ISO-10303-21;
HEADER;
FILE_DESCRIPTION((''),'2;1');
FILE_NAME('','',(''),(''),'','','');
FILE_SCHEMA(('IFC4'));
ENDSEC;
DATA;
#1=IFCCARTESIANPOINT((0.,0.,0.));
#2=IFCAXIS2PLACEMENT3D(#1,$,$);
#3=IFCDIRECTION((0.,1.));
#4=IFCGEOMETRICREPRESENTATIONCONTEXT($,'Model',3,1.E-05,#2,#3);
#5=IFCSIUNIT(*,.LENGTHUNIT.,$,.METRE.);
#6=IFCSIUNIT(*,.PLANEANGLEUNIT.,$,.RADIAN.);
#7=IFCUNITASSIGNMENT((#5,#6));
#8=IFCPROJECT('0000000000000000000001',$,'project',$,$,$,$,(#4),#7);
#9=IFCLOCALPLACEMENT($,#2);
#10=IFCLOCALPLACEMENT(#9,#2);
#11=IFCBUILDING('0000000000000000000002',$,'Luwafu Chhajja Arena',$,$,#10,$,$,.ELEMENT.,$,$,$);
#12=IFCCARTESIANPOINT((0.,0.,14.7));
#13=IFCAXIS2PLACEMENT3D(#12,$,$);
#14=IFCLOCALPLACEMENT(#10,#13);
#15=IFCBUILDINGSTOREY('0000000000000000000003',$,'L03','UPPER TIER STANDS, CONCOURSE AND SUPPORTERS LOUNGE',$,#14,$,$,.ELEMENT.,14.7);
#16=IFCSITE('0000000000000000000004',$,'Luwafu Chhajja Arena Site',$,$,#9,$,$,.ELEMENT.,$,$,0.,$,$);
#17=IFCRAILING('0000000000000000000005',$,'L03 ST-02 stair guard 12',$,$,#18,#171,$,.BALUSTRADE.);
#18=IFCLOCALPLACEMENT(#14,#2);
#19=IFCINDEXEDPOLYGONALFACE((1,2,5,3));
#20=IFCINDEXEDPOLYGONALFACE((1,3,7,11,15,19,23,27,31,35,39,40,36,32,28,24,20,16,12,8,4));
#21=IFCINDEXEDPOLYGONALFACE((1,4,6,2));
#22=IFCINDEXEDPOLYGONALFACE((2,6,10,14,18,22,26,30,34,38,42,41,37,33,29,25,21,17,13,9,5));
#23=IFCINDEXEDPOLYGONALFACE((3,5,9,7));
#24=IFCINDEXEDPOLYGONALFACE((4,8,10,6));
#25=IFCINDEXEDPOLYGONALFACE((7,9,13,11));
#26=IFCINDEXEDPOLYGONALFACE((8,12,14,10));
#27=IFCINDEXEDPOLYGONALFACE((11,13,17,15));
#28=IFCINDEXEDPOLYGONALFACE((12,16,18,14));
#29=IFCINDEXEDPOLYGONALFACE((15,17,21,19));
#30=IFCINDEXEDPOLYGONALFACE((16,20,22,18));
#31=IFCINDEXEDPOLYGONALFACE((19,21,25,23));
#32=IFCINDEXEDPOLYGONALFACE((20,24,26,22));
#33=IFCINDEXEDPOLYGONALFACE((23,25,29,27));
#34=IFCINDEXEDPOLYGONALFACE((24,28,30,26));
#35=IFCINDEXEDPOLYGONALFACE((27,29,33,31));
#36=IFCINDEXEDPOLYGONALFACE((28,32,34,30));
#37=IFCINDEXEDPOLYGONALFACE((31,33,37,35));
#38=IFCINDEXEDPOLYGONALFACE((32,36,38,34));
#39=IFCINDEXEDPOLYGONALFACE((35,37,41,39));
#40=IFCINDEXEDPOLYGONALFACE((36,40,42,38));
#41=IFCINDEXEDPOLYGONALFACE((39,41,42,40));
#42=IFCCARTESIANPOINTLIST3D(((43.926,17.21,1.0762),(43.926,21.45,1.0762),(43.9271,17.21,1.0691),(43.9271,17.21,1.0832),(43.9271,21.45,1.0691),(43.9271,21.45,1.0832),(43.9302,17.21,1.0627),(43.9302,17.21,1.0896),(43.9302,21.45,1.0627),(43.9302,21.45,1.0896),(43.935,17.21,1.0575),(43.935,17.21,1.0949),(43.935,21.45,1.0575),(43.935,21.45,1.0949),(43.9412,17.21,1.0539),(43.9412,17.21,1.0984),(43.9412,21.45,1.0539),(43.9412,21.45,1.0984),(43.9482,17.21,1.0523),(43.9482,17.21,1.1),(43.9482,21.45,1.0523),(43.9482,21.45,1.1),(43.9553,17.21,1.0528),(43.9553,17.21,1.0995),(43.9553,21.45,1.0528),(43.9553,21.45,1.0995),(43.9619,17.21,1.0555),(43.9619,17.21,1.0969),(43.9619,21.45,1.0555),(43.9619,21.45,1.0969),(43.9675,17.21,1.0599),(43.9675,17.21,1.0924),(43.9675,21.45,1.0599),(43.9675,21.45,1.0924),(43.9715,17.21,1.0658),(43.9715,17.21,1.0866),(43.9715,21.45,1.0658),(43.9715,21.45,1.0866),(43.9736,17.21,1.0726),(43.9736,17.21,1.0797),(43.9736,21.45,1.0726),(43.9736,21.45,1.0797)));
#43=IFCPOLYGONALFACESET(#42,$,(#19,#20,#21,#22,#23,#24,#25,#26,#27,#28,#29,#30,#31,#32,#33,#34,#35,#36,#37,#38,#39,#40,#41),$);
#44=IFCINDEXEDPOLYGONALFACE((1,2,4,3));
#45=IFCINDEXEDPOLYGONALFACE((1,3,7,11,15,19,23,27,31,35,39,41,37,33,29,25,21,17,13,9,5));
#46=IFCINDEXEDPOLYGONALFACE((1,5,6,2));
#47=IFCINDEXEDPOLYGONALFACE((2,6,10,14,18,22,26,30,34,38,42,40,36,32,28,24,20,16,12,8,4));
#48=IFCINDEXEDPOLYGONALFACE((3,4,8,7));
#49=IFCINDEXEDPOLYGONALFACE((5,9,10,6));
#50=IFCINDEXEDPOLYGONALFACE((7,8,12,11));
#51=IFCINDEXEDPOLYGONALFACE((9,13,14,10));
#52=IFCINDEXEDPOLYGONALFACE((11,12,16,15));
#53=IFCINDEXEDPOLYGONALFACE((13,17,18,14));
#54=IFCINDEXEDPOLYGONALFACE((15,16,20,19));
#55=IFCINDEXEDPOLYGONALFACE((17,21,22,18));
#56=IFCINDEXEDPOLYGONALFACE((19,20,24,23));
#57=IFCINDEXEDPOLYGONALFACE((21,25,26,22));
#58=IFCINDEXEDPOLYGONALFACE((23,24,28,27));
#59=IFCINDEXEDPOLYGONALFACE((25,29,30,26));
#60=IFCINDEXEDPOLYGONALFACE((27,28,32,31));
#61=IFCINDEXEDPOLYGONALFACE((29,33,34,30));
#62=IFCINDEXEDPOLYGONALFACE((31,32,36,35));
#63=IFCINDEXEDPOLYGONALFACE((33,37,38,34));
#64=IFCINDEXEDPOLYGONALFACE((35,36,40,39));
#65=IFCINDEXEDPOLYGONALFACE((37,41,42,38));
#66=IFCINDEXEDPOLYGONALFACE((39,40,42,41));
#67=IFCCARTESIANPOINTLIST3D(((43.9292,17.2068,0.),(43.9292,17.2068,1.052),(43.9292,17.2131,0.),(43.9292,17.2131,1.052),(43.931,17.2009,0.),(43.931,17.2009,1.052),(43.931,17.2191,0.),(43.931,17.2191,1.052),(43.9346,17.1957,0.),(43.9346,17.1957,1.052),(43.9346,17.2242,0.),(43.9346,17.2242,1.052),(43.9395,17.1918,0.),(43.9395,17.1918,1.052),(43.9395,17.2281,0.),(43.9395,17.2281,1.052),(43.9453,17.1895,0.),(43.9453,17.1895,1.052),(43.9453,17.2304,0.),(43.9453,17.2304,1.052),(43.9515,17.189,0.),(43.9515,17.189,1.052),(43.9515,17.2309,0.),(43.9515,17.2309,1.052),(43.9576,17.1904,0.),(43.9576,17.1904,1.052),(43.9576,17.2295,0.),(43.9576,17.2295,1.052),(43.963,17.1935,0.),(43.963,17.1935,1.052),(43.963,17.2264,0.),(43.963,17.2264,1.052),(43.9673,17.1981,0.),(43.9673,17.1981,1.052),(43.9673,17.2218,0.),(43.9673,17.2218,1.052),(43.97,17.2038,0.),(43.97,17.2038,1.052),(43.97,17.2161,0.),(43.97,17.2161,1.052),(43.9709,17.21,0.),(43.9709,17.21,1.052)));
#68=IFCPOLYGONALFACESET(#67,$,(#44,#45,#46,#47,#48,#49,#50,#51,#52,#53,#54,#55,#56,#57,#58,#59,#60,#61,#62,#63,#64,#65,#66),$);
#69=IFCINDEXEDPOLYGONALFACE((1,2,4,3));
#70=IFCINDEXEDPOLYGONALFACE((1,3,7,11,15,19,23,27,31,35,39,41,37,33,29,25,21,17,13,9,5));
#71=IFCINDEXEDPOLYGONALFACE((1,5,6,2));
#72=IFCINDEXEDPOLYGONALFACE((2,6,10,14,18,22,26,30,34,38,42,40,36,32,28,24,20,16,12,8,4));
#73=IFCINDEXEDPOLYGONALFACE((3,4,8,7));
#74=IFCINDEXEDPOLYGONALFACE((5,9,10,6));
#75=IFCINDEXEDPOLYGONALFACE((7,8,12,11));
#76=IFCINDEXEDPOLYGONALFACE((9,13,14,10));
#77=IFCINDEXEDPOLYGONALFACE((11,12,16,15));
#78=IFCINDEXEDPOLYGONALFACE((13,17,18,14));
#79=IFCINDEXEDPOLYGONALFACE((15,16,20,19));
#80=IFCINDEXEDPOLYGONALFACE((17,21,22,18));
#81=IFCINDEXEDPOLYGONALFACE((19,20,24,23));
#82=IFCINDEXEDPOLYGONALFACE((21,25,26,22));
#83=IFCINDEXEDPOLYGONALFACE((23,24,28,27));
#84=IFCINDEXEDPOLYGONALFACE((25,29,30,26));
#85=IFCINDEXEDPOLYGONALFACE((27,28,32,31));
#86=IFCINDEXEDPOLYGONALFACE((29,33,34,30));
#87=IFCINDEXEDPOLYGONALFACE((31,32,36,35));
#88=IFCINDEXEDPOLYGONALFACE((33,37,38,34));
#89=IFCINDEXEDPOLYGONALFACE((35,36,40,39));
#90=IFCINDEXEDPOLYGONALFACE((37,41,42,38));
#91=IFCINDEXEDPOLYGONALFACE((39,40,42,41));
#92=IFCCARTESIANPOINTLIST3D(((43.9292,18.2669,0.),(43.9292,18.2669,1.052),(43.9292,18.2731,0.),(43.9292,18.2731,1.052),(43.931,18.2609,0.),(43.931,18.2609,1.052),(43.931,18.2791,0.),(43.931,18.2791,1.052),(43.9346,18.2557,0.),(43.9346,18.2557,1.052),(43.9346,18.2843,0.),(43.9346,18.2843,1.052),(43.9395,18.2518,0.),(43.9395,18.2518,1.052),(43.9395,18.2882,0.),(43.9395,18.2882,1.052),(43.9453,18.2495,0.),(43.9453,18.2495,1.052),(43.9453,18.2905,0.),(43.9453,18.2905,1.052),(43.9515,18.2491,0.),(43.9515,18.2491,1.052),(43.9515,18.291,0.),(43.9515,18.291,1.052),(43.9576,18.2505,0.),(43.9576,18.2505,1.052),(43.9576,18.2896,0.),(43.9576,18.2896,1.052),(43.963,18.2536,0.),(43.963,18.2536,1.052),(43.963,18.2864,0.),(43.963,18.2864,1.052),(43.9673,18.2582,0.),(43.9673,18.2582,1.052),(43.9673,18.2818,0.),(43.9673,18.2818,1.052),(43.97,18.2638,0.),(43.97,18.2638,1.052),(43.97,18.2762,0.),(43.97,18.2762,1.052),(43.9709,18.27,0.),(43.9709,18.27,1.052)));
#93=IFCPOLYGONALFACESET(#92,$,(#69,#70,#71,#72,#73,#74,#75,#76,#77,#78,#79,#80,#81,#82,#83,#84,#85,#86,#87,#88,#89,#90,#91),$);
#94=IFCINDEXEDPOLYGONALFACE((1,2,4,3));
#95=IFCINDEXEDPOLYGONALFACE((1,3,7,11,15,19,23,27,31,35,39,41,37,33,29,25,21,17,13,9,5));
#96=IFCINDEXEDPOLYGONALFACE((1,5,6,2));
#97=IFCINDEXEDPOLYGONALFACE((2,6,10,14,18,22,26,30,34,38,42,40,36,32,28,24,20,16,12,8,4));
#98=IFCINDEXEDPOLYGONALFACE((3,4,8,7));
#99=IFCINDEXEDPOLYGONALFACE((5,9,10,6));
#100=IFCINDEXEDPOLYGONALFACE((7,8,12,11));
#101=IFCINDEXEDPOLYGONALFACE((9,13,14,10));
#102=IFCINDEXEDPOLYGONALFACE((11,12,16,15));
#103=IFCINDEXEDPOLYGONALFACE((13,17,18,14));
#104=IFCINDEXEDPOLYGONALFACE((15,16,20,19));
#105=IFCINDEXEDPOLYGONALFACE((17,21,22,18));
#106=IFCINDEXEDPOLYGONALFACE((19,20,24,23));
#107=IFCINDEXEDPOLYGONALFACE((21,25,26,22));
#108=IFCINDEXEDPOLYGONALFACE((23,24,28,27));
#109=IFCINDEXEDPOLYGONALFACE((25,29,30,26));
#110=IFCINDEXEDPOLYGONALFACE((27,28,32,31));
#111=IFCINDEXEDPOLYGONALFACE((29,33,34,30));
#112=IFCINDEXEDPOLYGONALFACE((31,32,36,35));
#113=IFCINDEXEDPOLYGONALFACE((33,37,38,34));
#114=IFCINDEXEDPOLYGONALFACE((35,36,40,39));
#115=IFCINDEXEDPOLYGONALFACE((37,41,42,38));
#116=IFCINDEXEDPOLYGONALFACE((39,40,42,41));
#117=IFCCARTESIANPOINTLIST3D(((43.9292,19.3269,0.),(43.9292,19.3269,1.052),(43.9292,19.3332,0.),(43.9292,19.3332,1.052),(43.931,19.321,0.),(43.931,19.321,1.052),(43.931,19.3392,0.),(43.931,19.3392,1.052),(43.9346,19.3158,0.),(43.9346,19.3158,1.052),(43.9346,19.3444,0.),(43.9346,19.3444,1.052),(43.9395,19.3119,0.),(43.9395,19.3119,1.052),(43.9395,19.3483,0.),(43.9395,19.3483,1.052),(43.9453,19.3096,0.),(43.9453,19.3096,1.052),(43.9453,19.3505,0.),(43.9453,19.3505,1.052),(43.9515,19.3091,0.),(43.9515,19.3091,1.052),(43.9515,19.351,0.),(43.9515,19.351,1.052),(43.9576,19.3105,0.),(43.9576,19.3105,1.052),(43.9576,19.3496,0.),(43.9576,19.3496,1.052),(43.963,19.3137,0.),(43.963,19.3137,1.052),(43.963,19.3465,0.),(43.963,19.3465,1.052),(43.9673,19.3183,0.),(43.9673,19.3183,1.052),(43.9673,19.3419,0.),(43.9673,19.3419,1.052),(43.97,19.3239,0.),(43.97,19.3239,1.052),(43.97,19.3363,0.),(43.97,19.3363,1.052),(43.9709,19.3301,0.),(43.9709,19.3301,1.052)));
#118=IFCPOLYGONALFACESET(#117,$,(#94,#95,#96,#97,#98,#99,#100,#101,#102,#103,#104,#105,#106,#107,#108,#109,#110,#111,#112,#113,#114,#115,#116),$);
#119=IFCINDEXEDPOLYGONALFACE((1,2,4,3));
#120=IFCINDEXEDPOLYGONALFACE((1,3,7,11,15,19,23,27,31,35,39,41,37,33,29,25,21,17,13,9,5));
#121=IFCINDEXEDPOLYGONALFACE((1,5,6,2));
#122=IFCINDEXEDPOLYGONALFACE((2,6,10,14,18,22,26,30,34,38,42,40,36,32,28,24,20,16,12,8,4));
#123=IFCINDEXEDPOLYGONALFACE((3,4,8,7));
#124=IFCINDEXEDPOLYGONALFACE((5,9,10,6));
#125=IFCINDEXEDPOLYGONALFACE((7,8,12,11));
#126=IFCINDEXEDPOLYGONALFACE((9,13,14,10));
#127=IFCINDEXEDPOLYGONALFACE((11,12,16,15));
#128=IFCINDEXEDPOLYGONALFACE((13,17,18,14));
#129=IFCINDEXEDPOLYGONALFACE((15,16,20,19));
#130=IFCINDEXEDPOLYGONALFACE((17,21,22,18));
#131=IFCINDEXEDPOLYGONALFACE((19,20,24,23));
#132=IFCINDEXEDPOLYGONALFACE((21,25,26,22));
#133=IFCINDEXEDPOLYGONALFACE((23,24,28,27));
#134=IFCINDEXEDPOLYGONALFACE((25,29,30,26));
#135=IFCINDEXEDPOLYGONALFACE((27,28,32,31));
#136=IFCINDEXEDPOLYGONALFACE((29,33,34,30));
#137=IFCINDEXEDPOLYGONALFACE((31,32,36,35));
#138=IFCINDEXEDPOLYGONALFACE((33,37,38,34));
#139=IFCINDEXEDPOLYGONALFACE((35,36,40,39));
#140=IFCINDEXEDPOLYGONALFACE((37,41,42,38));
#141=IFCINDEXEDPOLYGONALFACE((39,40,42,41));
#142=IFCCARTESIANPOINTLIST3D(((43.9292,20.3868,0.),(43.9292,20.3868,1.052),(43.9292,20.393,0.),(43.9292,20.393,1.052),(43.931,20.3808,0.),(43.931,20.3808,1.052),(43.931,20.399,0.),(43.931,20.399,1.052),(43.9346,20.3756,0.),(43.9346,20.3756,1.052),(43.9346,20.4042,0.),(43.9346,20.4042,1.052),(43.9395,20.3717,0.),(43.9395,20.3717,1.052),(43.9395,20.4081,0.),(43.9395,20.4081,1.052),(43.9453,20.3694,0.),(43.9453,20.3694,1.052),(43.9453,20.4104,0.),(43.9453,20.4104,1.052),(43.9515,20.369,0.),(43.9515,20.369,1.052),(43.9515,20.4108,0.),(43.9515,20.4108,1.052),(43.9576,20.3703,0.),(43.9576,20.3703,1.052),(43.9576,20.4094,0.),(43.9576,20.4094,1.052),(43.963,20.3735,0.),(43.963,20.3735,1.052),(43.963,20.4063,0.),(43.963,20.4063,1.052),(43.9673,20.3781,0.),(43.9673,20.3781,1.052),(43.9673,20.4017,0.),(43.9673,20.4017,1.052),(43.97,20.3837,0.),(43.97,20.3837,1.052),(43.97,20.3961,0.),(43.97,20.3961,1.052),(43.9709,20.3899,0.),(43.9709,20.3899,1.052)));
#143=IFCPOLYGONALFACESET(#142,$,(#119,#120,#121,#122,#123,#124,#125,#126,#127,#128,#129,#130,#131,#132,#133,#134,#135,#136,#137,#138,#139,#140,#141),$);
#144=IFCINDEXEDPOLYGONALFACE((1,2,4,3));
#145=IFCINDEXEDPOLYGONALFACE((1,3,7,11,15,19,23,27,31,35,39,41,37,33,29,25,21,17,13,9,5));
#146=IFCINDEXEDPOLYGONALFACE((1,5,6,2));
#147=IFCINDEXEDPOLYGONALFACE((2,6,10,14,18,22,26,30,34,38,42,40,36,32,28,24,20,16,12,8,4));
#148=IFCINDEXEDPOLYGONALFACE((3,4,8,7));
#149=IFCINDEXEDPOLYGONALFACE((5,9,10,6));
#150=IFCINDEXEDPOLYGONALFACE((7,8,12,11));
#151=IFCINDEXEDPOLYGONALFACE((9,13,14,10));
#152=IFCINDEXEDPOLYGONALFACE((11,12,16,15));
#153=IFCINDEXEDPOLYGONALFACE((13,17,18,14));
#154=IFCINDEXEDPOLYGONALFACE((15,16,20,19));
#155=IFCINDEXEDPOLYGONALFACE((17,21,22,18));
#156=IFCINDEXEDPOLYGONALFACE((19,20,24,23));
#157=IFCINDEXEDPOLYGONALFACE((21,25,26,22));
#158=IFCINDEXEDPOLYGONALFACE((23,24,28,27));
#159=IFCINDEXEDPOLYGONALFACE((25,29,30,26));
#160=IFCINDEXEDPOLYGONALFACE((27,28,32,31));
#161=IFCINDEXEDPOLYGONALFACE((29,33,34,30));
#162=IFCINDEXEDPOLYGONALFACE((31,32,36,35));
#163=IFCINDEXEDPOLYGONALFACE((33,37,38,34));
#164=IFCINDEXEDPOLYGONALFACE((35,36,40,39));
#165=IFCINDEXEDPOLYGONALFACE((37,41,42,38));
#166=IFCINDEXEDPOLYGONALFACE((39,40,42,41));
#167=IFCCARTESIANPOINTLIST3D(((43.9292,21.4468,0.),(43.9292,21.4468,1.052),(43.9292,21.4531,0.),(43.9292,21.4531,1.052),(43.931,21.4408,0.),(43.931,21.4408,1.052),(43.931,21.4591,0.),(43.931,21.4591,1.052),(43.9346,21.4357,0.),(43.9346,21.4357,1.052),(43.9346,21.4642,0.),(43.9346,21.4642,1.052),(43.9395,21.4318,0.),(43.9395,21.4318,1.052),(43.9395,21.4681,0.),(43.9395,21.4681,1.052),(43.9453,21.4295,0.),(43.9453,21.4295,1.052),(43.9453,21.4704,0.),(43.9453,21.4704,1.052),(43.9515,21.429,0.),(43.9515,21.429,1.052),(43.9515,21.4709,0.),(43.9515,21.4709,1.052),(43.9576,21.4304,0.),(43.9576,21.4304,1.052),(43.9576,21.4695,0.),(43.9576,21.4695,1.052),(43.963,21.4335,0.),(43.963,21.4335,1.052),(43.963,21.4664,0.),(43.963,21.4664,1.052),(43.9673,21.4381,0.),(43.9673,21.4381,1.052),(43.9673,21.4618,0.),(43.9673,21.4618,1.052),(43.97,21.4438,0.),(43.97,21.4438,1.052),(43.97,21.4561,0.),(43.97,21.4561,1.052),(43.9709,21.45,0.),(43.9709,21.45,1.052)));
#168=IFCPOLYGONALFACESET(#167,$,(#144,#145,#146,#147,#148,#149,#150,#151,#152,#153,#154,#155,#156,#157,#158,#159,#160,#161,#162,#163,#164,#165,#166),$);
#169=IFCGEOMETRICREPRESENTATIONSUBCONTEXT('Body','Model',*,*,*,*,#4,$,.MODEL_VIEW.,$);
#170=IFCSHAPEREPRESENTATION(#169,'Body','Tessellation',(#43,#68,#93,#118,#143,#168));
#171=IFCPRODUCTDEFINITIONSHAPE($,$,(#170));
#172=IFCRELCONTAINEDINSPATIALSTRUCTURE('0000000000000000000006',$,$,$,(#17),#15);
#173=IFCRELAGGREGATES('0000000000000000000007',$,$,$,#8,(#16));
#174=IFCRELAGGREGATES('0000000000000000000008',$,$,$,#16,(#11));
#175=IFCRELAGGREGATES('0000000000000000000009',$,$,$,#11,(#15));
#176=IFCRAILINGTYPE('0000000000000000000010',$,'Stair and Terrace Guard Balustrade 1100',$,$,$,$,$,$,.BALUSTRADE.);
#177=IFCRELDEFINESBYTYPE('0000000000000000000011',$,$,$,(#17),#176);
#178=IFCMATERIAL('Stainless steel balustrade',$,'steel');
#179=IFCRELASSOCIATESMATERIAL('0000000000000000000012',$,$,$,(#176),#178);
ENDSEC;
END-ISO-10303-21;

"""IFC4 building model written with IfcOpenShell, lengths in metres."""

from ifc_helpers import new_model, si_unit, direction, frame, origin, origin_2d, place, context, subcontext, project, spatial, circle, extrude, material, type_object, element, save


model = new_model("IFC4")

# Units and contexts
model_context = context("Model", 3, precision=1e-05, world=origin(), true_north=direction((0.0, 1.0)))
body_context = subcontext(model_context, "Body", "Model", "MODEL_VIEW")
ifc_project = project(units=[si_unit("LENGTHUNIT", "METRE"), si_unit("PLANEANGLEUNIT", "RADIAN")], contexts=[model_context])

# Site, building, storey
site_placement = place(None, origin())
site = spatial("IfcSite", under=ifc_project, at=site_placement, Name="Luwafu Chhajja Arena Site", CompositionType="ELEMENT", RefElevation=0.0)
building_placement = place(site_placement, origin())
building = spatial("IfcBuilding", under=site, at=building_placement, Name="Luwafu Chhajja Arena", CompositionType="ELEMENT")
storey_placement = place(building_placement, frame((0.0, 0.0, 14.7)))
storey = spatial("IfcBuildingStorey", under=building, at=storey_placement, Name="L03", Description="UPPER TIER STANDS, CONCOURSE AND SUPPORTERS LOUNGE", CompositionType="ELEMENT", Elevation=14.7)

# Railing
ifc_material_1 = material(Name="Stainless steel balustrade", Category="steel")
railing_type = type_object("IfcRailingType", Name="Stair and Terrace Guard Balustrade 1100", PredefinedType="BALUSTRADE", material=ifc_material_1)
railing_1_placement = place(storey_placement, frame((43.95, 17.21, 0.0)))
element("IfcRailing", 1, at=railing_1_placement, inside=storey, type_object=railing_type, Name="L03 ST-02 stair guard 12", PredefinedType="BALUSTRADE", context=body_context, shape_type="SweptSolid", body=[
    extrude(circle(Radius=0.0239, at=origin_2d()), frame((0.0, 0.0, 1.0762), z_axis=(0.0, 1.0, 0.0), x_axis=(-1.0, 0.0, 0.0)), (0.0, 0.0, 1.0), 4.24),
    extrude(circle(Radius=0.021, at=origin_2d()), origin(), (0.0, 0.0, 1.0), 1.052),
    extrude(circle(Radius=0.021, at=origin_2d()), frame((0.0, 1.0601, 0.0)), (0.0, 0.0, 1.0), 1.052),
    extrude(circle(Radius=0.021, at=origin_2d()), frame((0.0, 2.1201, 0.0)), (0.0, 0.0, 1.0), 1.052),
    extrude(circle(Radius=0.021, at=origin_2d()), frame((0.0, 3.1799, 0.0)), (0.0, 0.0, 1.0), 1.052),
    extrude(circle(Radius=0.021, at=origin_2d()), frame((0.0, 4.24, 0.0)), (0.0, 0.0, 1.0), 1.052),
])

save(model, "model.ifc")
